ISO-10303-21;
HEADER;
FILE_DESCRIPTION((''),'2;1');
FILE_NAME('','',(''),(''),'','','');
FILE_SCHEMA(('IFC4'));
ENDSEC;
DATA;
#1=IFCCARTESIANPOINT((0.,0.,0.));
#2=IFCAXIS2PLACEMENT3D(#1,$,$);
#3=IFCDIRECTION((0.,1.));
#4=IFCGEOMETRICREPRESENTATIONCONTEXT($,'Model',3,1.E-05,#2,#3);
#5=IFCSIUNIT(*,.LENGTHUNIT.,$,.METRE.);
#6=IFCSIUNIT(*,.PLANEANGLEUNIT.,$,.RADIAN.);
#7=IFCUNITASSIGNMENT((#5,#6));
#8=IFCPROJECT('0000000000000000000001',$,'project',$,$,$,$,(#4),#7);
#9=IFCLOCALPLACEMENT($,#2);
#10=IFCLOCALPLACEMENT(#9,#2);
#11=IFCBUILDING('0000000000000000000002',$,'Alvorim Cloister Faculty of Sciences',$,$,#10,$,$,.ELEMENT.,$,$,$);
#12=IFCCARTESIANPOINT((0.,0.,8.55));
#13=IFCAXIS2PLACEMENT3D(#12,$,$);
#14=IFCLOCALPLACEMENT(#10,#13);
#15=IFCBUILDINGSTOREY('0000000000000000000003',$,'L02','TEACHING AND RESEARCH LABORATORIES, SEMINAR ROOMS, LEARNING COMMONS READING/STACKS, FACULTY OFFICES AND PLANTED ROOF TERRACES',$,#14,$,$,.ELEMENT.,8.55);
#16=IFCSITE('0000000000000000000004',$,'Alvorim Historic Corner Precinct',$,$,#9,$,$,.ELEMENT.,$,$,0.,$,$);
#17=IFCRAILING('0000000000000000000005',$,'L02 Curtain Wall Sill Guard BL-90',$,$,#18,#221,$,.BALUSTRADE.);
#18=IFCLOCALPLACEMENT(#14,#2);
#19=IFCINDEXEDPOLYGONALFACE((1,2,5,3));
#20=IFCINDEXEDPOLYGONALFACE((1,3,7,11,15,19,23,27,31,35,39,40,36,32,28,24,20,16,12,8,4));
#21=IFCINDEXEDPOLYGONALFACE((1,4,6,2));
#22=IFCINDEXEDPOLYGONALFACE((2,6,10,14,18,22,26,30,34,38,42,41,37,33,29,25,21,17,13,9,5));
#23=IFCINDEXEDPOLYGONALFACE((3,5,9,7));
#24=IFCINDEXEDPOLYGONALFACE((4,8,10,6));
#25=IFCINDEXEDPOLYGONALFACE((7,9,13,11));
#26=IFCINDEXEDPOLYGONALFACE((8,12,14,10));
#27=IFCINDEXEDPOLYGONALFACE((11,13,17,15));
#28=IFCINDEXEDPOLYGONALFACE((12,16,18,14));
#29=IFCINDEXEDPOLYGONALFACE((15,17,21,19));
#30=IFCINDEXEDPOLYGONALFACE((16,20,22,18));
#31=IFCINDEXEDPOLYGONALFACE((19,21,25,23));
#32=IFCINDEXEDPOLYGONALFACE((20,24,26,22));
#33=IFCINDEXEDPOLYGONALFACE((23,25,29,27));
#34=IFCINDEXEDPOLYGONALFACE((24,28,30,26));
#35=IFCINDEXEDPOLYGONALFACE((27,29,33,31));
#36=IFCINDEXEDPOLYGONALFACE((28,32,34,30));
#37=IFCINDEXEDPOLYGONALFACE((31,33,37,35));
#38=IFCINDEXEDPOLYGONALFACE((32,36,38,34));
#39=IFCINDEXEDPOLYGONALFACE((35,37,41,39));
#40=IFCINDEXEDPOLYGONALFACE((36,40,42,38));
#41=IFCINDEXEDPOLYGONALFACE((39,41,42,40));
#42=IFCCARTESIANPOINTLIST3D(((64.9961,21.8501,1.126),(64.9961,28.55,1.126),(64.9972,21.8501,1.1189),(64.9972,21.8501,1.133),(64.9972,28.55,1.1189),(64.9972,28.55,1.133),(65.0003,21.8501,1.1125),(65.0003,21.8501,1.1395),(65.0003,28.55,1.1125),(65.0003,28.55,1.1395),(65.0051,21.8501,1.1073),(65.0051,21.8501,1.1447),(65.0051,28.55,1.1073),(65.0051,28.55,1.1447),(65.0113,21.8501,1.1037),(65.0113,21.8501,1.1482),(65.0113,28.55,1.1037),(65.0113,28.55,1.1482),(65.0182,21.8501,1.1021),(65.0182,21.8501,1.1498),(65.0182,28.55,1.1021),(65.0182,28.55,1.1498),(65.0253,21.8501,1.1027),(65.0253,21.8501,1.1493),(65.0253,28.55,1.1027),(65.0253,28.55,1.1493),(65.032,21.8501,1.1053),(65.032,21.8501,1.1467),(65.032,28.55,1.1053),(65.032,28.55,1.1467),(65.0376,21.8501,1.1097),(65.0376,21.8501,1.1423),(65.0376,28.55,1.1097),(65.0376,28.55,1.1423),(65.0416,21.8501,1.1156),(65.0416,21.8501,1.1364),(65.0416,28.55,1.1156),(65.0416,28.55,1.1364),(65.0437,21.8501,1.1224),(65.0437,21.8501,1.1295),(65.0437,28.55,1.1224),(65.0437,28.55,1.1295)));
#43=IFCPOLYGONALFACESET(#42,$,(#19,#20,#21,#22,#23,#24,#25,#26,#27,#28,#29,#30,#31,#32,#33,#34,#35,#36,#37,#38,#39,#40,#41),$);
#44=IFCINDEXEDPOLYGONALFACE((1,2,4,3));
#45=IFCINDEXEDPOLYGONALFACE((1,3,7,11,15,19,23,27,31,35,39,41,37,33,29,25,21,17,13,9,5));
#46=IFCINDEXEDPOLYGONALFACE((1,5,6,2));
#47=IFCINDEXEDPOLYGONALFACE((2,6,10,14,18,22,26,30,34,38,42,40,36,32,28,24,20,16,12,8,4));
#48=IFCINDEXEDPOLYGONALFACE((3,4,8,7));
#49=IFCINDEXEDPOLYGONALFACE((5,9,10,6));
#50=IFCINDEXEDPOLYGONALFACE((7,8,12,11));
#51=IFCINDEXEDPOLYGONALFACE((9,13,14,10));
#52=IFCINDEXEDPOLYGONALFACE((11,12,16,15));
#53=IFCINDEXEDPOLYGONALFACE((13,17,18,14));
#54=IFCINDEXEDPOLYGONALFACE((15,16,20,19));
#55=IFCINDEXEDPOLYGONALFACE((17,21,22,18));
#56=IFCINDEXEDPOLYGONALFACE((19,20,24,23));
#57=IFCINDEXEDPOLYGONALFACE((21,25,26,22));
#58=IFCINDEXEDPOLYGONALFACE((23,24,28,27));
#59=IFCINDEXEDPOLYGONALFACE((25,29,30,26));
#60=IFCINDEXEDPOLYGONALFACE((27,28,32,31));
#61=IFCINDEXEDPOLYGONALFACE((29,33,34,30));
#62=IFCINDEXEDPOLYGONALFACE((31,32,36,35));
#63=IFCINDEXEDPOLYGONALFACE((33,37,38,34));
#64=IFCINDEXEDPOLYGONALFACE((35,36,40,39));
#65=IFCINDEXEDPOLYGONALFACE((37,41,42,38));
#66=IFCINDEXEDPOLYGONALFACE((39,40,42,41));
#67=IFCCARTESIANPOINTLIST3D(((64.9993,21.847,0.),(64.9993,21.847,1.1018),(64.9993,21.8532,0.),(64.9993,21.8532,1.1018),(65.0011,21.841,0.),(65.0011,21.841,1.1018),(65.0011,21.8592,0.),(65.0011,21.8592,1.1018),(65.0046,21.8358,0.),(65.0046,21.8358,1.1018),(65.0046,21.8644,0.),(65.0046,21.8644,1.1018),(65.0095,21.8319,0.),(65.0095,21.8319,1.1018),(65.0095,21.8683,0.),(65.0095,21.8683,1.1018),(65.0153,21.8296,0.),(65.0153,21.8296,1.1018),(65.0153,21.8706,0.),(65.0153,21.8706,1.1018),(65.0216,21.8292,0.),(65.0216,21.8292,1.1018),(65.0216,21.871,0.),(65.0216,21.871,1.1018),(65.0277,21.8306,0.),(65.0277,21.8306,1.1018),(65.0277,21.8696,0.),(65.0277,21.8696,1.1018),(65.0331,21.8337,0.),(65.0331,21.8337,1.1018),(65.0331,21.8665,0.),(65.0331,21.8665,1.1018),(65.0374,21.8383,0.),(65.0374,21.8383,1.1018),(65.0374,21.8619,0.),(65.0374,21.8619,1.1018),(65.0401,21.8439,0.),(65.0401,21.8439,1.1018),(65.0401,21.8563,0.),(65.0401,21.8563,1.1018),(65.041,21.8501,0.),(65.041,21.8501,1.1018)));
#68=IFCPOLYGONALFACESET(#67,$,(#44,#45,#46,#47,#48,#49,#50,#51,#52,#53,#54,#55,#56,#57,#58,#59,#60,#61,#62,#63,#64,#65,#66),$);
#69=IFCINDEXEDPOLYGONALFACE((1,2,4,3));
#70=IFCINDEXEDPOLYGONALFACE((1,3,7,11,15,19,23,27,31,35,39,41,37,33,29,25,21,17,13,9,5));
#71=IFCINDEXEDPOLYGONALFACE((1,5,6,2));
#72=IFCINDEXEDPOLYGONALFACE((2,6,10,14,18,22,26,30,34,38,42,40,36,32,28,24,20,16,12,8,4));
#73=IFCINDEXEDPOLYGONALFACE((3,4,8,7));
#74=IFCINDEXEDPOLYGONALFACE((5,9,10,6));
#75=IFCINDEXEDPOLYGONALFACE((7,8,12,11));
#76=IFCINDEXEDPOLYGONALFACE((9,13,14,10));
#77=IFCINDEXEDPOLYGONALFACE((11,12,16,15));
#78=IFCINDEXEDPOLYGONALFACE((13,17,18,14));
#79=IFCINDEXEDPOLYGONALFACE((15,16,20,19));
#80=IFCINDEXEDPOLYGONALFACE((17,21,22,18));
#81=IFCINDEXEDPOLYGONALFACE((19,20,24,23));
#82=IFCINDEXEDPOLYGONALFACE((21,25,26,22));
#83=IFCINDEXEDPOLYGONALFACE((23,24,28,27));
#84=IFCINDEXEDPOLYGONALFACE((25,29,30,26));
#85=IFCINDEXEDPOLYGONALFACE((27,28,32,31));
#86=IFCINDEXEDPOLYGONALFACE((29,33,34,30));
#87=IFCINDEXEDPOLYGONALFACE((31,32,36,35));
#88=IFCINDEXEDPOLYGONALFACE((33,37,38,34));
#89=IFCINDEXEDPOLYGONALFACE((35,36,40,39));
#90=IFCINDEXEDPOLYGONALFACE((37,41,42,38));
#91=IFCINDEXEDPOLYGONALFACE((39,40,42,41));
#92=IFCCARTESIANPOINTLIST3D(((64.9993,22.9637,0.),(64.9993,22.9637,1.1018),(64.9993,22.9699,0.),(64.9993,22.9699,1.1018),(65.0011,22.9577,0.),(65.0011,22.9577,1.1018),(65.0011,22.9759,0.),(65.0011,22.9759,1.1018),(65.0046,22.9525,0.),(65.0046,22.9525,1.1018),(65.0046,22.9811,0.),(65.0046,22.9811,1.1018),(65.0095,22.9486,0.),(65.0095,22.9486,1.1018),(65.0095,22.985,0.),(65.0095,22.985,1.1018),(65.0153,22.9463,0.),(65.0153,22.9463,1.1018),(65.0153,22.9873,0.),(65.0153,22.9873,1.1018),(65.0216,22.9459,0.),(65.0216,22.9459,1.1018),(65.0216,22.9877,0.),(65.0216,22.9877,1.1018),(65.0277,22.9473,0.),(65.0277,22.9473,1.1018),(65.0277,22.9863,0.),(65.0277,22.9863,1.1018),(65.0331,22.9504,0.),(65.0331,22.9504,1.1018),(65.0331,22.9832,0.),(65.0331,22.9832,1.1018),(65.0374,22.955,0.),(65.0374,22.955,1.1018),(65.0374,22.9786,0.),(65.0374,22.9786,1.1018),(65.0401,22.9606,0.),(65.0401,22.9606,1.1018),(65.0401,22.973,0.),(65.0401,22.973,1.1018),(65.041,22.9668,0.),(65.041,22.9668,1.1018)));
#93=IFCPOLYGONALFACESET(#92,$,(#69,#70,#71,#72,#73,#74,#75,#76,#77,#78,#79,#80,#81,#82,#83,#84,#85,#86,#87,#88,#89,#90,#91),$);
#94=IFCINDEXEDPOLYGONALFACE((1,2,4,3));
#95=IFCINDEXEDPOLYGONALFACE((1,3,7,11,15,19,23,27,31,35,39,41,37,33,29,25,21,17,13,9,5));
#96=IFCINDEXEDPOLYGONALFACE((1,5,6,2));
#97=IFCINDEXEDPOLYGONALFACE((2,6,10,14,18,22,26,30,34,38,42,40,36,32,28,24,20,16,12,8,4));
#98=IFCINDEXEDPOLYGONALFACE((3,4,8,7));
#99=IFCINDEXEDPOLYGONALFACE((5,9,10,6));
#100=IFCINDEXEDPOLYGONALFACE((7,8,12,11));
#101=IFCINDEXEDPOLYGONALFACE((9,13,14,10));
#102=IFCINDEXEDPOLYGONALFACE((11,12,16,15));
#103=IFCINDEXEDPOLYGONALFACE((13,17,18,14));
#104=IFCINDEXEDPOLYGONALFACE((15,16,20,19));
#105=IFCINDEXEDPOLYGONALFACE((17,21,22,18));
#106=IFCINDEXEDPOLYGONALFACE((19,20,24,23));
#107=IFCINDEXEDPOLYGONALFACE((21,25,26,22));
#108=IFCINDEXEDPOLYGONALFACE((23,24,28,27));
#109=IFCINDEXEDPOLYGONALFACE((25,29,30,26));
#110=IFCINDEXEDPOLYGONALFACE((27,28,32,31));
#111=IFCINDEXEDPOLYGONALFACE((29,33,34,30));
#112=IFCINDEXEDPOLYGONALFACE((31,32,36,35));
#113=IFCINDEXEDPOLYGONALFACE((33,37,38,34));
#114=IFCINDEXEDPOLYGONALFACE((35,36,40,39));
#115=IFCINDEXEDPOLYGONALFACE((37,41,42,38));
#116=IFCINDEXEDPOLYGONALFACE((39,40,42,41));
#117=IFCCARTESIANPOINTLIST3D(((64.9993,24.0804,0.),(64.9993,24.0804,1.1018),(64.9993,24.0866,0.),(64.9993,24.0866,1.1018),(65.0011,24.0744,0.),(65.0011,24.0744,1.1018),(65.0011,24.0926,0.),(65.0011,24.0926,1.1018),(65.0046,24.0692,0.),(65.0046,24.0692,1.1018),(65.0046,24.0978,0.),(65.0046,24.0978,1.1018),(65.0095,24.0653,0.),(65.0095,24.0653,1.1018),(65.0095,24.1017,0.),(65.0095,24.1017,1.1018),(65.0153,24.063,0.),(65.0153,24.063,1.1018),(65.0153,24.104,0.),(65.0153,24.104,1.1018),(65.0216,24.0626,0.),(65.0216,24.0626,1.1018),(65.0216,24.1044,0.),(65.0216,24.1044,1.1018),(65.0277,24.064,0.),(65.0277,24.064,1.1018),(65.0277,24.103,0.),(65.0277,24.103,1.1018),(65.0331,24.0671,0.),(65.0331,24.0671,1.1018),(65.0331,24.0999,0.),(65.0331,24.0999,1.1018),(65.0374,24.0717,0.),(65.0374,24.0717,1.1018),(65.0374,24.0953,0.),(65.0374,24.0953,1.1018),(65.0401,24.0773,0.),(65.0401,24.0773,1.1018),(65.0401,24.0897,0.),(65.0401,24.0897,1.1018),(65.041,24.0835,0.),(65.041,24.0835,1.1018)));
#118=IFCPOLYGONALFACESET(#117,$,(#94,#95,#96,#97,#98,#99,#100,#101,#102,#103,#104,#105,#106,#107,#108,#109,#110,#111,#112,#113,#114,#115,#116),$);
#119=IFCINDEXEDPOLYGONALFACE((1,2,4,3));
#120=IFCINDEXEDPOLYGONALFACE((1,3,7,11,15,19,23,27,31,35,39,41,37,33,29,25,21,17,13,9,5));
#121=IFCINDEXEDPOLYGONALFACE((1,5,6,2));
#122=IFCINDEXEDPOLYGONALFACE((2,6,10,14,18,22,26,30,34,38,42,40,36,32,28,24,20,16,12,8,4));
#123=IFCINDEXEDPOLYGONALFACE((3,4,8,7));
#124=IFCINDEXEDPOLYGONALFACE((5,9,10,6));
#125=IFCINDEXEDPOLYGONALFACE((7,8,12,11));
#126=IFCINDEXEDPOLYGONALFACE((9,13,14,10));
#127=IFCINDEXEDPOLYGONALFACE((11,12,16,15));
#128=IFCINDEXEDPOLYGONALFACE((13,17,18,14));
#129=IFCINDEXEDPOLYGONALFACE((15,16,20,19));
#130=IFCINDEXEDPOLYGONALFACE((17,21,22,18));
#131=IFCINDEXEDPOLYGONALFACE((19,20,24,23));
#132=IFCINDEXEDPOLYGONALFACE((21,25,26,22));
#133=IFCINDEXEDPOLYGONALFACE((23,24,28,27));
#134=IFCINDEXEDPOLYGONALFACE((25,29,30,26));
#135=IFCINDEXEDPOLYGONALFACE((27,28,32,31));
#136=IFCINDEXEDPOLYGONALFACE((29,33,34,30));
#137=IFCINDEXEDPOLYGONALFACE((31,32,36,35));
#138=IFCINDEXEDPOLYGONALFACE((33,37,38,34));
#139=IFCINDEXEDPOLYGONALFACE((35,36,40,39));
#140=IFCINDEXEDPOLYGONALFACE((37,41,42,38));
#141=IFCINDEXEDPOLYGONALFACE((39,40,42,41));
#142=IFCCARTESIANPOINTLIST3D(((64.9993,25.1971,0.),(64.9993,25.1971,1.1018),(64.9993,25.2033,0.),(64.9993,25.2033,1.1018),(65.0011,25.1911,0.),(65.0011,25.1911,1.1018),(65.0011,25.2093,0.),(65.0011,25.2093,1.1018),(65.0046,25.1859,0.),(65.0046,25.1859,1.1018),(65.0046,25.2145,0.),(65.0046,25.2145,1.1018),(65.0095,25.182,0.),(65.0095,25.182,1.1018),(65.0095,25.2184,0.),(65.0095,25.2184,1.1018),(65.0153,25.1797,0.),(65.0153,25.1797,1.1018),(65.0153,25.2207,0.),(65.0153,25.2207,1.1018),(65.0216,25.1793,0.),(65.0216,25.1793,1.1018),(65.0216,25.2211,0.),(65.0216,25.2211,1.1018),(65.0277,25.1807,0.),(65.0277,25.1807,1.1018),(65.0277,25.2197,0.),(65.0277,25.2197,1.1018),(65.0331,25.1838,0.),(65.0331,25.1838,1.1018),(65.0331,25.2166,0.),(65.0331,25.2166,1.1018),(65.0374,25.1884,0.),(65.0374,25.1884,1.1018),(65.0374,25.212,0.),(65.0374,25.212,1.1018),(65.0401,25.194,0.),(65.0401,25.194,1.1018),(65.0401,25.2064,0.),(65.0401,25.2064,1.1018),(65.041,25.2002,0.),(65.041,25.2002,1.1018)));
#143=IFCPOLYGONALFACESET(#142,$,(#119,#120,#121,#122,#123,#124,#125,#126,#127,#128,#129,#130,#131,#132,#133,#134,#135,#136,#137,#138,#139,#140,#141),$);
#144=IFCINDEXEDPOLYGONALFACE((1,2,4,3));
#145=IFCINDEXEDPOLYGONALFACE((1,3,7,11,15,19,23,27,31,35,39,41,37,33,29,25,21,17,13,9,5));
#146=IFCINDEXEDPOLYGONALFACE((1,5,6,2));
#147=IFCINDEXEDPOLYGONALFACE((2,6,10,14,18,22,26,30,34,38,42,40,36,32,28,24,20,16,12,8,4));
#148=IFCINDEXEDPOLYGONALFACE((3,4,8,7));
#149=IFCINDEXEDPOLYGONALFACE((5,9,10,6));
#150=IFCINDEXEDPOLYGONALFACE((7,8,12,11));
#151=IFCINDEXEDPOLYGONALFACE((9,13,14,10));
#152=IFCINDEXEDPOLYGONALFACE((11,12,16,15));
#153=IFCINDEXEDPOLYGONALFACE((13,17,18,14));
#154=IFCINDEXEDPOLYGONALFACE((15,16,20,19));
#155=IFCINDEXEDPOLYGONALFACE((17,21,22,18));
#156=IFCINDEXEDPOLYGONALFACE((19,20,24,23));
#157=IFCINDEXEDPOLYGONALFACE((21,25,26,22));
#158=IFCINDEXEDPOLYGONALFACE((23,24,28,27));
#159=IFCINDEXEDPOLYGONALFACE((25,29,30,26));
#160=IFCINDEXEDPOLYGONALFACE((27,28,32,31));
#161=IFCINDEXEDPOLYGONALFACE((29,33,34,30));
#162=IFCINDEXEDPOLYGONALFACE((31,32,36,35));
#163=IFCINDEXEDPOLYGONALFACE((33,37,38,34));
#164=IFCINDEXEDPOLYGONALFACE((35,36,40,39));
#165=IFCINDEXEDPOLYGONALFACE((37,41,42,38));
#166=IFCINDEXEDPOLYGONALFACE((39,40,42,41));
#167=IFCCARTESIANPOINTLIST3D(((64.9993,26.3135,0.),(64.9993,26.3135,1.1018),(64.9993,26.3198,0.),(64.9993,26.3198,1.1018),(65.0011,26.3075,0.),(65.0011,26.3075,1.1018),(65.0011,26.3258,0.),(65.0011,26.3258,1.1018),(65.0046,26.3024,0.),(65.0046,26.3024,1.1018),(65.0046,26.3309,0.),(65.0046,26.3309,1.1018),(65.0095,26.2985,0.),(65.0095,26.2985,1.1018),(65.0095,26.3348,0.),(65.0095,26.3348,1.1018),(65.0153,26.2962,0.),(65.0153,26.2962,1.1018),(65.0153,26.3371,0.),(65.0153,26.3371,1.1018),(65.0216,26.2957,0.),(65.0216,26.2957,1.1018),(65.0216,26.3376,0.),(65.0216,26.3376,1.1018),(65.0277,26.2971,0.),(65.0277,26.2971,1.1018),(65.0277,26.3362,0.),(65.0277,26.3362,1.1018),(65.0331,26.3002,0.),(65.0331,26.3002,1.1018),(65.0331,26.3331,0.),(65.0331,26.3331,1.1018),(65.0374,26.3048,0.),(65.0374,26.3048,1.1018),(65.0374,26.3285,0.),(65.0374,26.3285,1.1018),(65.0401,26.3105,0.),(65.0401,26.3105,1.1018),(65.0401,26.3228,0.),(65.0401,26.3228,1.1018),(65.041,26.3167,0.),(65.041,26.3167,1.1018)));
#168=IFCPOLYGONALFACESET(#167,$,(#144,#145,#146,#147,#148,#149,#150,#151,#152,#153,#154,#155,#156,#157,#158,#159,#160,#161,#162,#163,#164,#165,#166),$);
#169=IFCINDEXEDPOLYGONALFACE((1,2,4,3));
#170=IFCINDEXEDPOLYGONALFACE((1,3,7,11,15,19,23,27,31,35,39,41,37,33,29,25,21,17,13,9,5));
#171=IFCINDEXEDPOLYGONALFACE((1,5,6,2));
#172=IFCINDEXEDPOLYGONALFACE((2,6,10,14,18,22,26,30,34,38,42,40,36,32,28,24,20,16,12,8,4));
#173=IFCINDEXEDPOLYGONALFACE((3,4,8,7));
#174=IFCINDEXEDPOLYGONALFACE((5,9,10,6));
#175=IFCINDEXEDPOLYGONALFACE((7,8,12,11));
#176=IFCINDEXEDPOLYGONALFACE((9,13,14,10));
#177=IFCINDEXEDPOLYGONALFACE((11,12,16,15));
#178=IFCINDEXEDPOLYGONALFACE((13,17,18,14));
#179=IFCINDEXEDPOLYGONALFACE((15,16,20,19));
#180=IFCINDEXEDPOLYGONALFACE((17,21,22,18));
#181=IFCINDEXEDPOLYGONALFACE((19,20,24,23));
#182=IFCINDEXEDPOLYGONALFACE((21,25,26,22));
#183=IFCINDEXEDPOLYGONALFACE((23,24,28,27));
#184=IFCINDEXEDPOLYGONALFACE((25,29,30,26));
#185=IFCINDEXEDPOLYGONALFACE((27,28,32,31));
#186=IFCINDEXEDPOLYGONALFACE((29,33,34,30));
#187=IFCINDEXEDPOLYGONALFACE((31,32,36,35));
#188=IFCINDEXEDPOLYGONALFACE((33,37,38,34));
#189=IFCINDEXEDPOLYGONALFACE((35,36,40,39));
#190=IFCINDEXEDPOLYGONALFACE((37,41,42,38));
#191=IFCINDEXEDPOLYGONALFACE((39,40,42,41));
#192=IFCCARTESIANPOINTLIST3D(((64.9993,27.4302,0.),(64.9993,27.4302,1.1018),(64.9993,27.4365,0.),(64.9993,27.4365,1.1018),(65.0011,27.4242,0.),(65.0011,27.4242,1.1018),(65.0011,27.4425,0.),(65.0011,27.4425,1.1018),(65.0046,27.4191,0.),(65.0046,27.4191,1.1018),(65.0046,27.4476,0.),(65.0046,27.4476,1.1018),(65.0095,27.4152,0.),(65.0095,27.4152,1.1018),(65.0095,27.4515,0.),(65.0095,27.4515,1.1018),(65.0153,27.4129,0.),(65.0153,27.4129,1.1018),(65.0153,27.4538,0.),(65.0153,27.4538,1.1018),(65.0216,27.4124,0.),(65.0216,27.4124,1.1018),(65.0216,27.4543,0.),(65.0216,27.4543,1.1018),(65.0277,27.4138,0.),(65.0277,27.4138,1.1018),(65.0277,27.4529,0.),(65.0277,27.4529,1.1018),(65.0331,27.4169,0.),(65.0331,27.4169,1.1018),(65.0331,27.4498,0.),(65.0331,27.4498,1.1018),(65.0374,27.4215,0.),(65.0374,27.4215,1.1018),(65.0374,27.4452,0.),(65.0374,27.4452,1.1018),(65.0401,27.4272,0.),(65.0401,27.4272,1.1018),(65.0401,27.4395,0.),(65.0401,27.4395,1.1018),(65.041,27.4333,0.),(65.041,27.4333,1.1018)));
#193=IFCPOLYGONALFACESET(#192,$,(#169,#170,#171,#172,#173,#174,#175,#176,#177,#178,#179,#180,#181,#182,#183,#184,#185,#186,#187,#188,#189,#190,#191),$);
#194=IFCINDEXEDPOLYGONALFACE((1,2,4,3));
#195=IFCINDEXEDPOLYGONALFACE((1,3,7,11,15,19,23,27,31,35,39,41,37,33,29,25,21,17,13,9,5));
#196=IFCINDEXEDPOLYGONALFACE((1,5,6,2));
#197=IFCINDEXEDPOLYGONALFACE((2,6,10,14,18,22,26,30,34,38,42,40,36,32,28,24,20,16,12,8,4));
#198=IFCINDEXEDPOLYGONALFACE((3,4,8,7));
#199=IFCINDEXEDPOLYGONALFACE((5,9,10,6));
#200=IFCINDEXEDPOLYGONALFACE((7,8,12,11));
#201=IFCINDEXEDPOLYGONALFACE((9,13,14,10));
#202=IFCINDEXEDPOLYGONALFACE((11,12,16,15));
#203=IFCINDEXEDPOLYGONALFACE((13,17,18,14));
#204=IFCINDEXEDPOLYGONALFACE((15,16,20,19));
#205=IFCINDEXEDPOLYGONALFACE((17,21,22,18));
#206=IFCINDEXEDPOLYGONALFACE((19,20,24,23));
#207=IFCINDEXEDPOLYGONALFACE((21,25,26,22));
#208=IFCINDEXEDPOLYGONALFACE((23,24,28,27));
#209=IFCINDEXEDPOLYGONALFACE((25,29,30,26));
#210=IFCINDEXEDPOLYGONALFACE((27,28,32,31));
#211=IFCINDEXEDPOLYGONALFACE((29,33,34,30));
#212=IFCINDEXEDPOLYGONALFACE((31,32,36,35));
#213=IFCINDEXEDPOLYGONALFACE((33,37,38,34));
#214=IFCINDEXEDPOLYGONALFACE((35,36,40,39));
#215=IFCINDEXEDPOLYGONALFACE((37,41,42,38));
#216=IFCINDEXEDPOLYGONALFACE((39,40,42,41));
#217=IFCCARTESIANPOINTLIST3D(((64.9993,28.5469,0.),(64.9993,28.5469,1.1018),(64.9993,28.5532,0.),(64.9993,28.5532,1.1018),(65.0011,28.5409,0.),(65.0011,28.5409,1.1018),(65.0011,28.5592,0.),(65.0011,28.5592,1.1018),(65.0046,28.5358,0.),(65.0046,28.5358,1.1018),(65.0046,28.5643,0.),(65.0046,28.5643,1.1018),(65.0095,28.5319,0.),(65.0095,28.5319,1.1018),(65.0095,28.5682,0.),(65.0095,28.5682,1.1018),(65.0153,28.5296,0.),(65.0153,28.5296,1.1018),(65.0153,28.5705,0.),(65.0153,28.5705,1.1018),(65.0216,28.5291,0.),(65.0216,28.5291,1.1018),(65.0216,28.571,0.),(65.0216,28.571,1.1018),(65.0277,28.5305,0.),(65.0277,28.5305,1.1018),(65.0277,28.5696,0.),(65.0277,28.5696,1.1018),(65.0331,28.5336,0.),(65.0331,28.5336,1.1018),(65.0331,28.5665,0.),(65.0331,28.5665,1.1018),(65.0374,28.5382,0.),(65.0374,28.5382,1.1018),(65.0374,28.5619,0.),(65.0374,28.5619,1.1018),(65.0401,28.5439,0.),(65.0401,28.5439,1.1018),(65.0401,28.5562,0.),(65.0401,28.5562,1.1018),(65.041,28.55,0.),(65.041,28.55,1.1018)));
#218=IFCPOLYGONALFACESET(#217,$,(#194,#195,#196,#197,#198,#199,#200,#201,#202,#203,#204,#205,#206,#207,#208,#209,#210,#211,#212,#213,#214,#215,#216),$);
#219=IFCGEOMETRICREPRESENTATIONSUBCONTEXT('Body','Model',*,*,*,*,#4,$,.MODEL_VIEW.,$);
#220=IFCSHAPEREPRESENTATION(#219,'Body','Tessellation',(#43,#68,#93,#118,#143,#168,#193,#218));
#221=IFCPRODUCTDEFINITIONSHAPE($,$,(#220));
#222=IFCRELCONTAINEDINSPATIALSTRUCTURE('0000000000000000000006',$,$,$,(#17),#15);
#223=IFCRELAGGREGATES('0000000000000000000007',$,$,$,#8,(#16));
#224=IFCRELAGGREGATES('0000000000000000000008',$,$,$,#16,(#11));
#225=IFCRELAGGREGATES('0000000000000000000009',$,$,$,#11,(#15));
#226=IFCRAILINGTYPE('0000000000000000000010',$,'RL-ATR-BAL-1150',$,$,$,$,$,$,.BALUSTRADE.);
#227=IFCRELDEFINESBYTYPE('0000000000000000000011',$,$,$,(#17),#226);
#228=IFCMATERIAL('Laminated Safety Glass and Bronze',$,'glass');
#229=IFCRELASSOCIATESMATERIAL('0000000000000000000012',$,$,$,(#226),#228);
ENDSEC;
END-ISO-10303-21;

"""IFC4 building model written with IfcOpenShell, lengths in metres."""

from ifc_helpers import new_model, si_unit, direction, frame, origin, origin_2d, place, context, subcontext, project, spatial, circle, extrude, material, type_object, element, save


model = new_model("IFC4")

# Units and contexts
model_context = context("Model", 3, precision=1e-05, world=origin(), true_north=direction((0.0, 1.0)))
body_context = subcontext(model_context, "Body", "Model", "MODEL_VIEW")
ifc_project = project(units=[si_unit("LENGTHUNIT", "METRE"), si_unit("PLANEANGLEUNIT", "RADIAN")], contexts=[model_context])

# Site, building, storey
site_placement = place(None, origin())
site = spatial("IfcSite", under=ifc_project, at=site_placement, Name="Alvorim Historic Corner Precinct", CompositionType="ELEMENT", RefElevation=0.0)
building_placement = place(site_placement, origin())
building = spatial("IfcBuilding", under=site, at=building_placement, Name="Alvorim Cloister Faculty of Sciences", CompositionType="ELEMENT")
storey_placement = place(building_placement, frame((0.0, 0.0, 8.55)))
storey = spatial("IfcBuildingStorey", under=building, at=storey_placement, Name="L02", Description="TEACHING AND RESEARCH LABORATORIES, SEMINAR ROOMS, LEARNING COMMONS READING/STACKS, FACULTY OFFICES AND PLANTED ROOF TERRACES", CompositionType="ELEMENT", Elevation=8.55)

# Railing
ifc_material_1 = material(Name="Laminated Safety Glass and Bronze", Category="glass")
railing_type = type_object("IfcRailingType", Name="RL-ATR-BAL-1150", PredefinedType="BALUSTRADE", material=ifc_material_1)
railing_1_placement = place(storey_placement, frame((65.02, 21.8501, 0.0)))
element("IfcRailing", 1, at=railing_1_placement, inside=storey, type_object=railing_type, Name="L02 Curtain Wall Sill Guard BL-90", PredefinedType="BALUSTRADE", context=body_context, shape_type="SweptSolid", body=[
    extrude(circle(Radius=0.0239, at=origin_2d()), frame((0.0, 0.0, 1.126), z_axis=(0.0, 1.0, 0.0), x_axis=(-1.0, 0.0, 0.0)), (0.0, 0.0, 1.0), 6.7),
    extrude(circle(Radius=0.021, at=origin_2d()), origin(), (0.0, 0.0, 1.0), 1.1018),
    extrude(circle(Radius=0.021, at=origin_2d()), frame((0.0, 1.1167, 0.0)), (0.0, 0.0, 1.0), 1.1018),
    extrude(circle(Radius=0.021, at=origin_2d()), frame((0.0, 2.2334, 0.0)), (0.0, 0.0, 1.0), 1.1018),
    extrude(circle(Radius=0.021, at=origin_2d()), frame((0.0, 3.3501, 0.0)), (0.0, 0.0, 1.0), 1.1018),
    extrude(circle(Radius=0.021, at=origin_2d()), frame((0.0, 4.4666, 0.0)), (0.0, 0.0, 1.0), 1.1018),
    extrude(circle(Radius=0.021, at=origin_2d()), frame((0.0, 5.5833, 0.0)), (0.0, 0.0, 1.0), 1.1018),
    extrude(circle(Radius=0.021, at=origin_2d()), frame((0.0, 6.7, 0.0)), (0.0, 0.0, 1.0), 1.1018),
])

save(model, "model.ifc")
